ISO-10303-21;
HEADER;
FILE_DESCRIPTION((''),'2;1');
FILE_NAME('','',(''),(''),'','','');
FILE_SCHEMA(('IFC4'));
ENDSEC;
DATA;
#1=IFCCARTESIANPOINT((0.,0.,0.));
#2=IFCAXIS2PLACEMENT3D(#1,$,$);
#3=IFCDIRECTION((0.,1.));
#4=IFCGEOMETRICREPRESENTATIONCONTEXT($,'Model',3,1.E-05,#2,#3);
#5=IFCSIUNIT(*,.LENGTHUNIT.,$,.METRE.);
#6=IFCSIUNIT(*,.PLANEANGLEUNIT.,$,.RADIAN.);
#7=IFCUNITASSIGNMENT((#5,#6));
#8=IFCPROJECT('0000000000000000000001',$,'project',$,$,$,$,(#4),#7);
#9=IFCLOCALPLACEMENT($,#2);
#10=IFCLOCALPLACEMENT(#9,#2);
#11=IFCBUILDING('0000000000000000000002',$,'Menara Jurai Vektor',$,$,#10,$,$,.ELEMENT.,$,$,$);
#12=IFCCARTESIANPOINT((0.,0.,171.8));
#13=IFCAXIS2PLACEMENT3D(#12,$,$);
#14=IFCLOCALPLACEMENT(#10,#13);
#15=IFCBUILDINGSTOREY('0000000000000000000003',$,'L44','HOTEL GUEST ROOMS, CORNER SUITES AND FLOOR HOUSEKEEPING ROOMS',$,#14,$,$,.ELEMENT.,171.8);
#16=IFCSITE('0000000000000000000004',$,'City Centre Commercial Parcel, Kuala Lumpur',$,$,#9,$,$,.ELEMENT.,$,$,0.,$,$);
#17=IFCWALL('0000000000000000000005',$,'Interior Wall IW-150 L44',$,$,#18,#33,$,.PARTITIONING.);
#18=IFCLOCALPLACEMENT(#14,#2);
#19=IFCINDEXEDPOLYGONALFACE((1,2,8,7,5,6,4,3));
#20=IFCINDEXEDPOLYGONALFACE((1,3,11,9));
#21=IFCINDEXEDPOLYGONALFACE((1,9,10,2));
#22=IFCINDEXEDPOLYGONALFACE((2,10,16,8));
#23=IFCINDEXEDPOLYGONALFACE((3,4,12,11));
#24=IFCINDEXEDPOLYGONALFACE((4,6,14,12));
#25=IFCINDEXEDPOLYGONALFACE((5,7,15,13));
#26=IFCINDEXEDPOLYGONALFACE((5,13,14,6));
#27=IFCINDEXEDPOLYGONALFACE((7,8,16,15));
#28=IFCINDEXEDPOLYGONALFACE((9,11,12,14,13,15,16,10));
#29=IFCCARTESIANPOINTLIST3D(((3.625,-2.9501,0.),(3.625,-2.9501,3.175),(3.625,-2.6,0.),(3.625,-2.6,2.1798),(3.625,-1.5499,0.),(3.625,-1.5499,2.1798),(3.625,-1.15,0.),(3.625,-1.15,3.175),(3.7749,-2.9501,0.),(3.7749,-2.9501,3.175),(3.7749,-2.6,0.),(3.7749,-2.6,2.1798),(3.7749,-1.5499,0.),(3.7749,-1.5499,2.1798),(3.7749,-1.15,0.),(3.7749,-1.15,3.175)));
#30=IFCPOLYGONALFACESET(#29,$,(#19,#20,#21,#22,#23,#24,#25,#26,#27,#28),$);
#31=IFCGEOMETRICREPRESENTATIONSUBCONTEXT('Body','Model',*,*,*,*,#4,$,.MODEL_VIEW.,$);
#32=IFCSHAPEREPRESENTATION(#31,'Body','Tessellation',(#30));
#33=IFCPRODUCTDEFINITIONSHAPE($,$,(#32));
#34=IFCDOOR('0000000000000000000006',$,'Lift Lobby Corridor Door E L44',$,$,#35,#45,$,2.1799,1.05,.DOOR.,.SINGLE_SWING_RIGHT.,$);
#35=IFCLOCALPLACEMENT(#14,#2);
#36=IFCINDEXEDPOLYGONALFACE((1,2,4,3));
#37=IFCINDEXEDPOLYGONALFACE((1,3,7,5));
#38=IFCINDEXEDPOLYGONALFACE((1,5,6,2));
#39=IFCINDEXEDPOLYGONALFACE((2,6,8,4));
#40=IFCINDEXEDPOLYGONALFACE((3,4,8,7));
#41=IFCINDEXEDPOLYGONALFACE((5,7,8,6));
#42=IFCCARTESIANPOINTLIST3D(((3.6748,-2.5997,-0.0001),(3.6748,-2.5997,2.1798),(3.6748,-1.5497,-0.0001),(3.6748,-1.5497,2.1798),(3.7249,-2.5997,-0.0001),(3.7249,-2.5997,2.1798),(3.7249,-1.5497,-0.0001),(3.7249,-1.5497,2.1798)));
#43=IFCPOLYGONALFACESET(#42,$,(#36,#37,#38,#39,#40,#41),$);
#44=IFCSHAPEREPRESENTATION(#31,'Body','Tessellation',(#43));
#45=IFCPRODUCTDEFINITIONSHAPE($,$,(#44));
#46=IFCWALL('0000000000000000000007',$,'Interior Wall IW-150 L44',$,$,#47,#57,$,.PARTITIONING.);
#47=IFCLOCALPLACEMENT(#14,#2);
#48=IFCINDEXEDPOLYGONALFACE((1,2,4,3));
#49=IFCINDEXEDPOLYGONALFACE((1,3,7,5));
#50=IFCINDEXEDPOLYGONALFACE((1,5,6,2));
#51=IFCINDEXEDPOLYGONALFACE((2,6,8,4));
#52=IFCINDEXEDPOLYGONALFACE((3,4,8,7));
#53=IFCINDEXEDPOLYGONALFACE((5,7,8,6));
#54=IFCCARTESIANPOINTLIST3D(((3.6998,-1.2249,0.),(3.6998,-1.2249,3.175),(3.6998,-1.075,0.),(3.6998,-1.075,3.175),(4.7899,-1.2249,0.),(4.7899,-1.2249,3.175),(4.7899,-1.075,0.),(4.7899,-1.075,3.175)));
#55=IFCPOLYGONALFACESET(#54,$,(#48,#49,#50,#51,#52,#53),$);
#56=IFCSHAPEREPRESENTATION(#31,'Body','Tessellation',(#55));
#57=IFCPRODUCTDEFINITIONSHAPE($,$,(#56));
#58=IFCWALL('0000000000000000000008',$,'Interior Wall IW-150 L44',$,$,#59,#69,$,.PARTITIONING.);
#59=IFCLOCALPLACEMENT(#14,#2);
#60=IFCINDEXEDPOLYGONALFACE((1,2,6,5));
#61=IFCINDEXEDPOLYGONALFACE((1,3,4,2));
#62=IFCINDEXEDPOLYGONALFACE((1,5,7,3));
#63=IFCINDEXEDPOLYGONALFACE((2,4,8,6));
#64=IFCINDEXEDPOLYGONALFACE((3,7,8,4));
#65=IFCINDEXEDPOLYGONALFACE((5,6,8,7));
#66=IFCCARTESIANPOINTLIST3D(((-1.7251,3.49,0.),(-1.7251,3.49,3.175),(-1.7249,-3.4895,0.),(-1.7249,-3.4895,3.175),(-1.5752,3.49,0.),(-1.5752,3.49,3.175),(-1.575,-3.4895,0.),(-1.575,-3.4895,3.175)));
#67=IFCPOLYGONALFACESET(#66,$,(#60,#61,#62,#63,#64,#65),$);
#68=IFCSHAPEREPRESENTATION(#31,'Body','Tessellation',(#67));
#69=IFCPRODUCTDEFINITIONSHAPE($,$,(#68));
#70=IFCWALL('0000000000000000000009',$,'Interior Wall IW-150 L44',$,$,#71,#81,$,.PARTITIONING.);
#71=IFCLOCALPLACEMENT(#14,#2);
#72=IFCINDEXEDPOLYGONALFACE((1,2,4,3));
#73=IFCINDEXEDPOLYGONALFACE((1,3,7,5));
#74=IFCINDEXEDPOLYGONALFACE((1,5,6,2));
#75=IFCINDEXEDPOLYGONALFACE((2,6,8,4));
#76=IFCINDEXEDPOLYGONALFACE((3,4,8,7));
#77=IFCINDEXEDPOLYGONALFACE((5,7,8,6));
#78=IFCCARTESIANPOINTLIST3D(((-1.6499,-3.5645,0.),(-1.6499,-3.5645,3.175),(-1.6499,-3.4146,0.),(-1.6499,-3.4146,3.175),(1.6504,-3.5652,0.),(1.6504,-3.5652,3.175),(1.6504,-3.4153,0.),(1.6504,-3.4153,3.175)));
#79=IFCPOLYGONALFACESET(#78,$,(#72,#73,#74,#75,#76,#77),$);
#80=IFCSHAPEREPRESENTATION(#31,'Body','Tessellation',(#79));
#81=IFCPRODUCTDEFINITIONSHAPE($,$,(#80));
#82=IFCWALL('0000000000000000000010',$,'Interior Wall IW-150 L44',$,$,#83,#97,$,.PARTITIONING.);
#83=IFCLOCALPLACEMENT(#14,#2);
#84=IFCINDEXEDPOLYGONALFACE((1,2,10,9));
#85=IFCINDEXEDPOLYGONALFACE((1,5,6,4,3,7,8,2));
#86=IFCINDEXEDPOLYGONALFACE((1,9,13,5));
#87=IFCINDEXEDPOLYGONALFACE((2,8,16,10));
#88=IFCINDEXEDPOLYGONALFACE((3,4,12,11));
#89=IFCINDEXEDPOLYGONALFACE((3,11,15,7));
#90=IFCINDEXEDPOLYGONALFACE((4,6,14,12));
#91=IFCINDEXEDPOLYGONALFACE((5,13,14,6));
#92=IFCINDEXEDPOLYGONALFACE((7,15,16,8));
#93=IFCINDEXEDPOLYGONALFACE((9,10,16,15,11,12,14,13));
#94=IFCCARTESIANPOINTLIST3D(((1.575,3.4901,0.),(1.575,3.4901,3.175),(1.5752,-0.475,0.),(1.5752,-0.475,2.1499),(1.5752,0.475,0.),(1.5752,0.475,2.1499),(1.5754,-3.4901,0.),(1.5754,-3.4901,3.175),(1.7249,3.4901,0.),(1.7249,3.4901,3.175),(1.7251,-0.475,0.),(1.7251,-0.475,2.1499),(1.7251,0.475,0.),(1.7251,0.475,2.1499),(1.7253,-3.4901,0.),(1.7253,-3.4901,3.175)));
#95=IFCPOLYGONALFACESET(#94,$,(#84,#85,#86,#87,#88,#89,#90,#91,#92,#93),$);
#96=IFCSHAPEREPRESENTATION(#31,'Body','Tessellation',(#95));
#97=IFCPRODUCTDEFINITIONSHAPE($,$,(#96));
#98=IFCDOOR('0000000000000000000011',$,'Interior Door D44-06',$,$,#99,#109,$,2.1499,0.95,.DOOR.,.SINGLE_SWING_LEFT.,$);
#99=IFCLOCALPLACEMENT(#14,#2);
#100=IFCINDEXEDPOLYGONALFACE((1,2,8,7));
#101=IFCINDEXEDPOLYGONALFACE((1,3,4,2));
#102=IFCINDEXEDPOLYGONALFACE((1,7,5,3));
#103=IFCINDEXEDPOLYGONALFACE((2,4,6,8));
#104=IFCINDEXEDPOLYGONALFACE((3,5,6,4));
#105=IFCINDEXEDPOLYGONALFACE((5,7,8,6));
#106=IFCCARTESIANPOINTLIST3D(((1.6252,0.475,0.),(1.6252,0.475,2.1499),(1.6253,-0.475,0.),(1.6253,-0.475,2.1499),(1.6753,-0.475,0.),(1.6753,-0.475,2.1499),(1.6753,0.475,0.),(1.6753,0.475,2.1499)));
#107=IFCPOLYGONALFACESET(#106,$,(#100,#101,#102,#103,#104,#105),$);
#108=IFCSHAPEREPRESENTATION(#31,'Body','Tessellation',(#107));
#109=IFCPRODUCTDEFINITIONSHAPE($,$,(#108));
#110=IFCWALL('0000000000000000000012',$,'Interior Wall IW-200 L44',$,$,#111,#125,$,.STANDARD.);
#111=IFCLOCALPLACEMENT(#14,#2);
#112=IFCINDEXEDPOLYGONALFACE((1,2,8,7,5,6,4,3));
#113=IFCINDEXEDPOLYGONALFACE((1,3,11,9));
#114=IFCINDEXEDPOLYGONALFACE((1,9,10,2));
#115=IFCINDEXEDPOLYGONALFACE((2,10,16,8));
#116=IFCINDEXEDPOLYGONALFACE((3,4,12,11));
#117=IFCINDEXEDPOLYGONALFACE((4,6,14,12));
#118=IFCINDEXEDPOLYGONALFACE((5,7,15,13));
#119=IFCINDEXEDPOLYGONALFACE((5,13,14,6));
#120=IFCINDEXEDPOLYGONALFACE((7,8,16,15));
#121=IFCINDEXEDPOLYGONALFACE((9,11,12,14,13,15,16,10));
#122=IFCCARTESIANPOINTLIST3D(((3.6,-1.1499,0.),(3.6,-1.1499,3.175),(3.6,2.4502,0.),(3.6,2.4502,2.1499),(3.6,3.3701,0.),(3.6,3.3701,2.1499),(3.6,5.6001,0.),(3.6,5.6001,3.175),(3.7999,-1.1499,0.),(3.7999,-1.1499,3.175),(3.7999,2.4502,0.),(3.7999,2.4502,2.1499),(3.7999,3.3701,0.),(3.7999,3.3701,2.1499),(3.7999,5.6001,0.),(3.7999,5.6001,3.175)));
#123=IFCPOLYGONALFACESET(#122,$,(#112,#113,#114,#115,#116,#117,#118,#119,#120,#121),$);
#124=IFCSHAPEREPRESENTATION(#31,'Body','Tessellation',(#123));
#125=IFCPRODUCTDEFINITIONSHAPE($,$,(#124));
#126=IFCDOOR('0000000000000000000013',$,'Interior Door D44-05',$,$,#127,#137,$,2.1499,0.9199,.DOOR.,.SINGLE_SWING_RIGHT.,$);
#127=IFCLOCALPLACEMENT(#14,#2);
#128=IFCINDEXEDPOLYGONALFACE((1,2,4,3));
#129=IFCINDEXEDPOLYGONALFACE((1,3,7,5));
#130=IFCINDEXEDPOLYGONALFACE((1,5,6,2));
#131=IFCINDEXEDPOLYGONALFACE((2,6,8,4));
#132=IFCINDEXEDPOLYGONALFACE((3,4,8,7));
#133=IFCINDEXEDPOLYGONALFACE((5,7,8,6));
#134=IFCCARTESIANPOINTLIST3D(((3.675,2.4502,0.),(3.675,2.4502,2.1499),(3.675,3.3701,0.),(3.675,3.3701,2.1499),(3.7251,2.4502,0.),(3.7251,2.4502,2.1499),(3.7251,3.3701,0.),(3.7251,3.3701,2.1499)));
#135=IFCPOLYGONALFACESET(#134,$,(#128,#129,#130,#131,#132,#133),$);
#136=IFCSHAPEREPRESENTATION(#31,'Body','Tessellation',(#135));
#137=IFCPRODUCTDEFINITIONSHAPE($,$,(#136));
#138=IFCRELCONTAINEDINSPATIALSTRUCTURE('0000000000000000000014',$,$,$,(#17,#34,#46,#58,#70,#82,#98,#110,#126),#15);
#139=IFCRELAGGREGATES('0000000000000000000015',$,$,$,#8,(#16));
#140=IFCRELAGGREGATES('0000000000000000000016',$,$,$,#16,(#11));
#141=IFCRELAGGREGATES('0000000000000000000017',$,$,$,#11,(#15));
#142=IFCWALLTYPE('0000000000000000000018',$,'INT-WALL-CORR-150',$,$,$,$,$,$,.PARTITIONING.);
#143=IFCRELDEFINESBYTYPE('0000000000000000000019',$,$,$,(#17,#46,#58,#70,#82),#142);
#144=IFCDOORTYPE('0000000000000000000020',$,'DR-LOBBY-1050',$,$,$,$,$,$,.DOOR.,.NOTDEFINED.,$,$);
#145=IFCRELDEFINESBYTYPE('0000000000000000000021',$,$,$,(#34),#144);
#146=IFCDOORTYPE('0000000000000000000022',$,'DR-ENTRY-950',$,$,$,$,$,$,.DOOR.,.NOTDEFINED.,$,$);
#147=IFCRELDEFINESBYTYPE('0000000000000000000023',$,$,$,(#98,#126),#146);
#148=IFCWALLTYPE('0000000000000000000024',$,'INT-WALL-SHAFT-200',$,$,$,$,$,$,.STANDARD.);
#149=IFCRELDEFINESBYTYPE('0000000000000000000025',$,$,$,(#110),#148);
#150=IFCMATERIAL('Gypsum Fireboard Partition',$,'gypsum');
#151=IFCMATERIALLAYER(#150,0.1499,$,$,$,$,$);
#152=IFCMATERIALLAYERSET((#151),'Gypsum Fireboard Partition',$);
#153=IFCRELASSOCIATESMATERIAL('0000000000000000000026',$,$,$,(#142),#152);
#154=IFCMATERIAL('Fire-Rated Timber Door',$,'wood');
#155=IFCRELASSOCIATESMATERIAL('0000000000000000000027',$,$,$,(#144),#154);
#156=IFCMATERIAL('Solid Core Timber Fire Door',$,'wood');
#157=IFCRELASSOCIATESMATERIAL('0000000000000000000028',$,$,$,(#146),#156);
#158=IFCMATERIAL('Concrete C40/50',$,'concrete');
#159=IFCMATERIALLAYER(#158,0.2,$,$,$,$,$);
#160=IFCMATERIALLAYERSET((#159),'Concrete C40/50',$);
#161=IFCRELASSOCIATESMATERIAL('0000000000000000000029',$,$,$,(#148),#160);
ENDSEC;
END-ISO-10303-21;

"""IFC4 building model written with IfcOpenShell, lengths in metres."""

from ifc_helpers import new_model, si_unit, direction, frame, frame_2d, origin, place, context, subcontext, project, spatial, rectangle, extrude, material, layer, layer_set, type_object, element, fill, save


model = new_model("IFC4")

# Units and contexts
model_context = context("Model", 3, precision=1e-05, world=origin(), true_north=direction((0.0, 1.0)))
body_context = subcontext(model_context, "Body", "Model", "MODEL_VIEW")
ifc_project = project(units=[si_unit("LENGTHUNIT", "METRE"), si_unit("PLANEANGLEUNIT", "RADIAN")], contexts=[model_context])

# Site, building, storey
site_placement = place(None, origin())
site = spatial("IfcSite", under=ifc_project, at=site_placement, Name="City Centre Commercial Parcel, Kuala Lumpur", CompositionType="ELEMENT", RefElevation=0.0)
building_placement = place(site_placement, origin())
building = spatial("IfcBuilding", under=site, at=building_placement, Name="Menara Jurai Vektor", CompositionType="ELEMENT")
storey_placement = place(building_placement, frame((0.0, 0.0, 171.8)))
storey = spatial("IfcBuildingStorey", under=building, at=storey_placement, Name="L44", Description="HOTEL GUEST ROOMS, CORNER SUITES AND FLOOR HOUSEKEEPING ROOMS", CompositionType="ELEMENT", Elevation=171.8)

# Shared definitions
ifc_material_1 = material(Name="Concrete C40/50", Category="concrete")

# Wall, opening, door
ifc_material_2 = material(Name="Gypsum Fireboard Partition", Category="gypsum")
ifc_layer_1 = layer(ifc_material_2, 0.1499)
ifc_layer_set_1 = layer_set([ifc_layer_1], Name="Gypsum Fireboard Partition")
wall_type_1 = type_object("IfcWallType", Name="INT-WALL-CORR-150", PredefinedType="PARTITIONING", material=ifc_layer_set_1)
wall_1_placement = place(storey_placement, frame((3.7, -2.95, 0.0), z_axis=(0.0, 0.0, 1.0), x_axis=(0.0, 1.0, 0.0)))
wall_1 = element("IfcWall", 1, at=wall_1_placement, inside=storey, type_object=wall_type_1, Name="Interior Wall IW-150 L44", PredefinedType="PARTITIONING", context=body_context, shape_type="SweptSolid", body=[
    extrude(rectangle(XDim=1.8, YDim=0.1499, at=frame_2d((0.8999, 0.0))), origin(), (0.0, 0.0, 1.0), 3.175),
])
opening_1_placement = place(wall_1_placement, frame((0.3501, 0.0, 0.0)))
opening_1 = element("IfcOpeningElement", 2, at=opening_1_placement, cuts=wall_1, PredefinedType="OPENING", context=body_context, shape_type="SweptSolid", body=[
    extrude(rectangle(XDim=1.05, YDim=2.1799, at=frame_2d((0.5249, 1.0898))), frame((0.0, 0.085, 0.0), z_axis=(0.0, -1.0, 0.0), x_axis=(1.0, 0.0, 0.0)), (0.0, 0.0, 1.0), 0.1699),
])
ifc_material_3 = material(Name="Fire-Rated Timber Door", Category="wood")
door_type_1 = type_object("IfcDoorType", Name="DR-LOBBY-1050", OperationType="NOTDEFINED", PredefinedType="DOOR", material=ifc_material_3)
door_1_placement = place(opening_1_placement, frame((1.05, 0.0, 0.0), z_axis=(0.0, 0.0, 1.0), x_axis=(-1.0, 0.0, 0.0)))
door_1 = element("IfcDoor", 3, at=door_1_placement, inside=storey, type_object=door_type_1, Name="Lift Lobby Corridor Door E L44", OperationType="SINGLE_SWING_RIGHT", OverallHeight=2.1799, OverallWidth=1.05, PredefinedType="DOOR", context=body_context, shape_type="SweptSolid", body=[
    extrude(rectangle(XDim=1.05, YDim=2.1799, at=frame_2d((0.5249, 1.0898))), frame((0.0, 0.0249, 0.0), z_axis=(0.0, -1.0, 0.0), x_axis=(1.0, 0.0, 0.0)), (0.0, 0.0, 1.0), 0.05),
])
fill(opening_1, door_1)

# Walls
wall_2_placement = place(storey_placement, frame((3.7, -1.1499, 0.0), z_axis=(0.0, 0.0, 1.0), x_axis=(1.0, 0.0, 0.0)))
element("IfcWall", 4, at=wall_2_placement, inside=storey, type_object=wall_type_1, Name="Interior Wall IW-150 L44", PredefinedType="PARTITIONING", context=body_context, shape_type="SweptSolid", body=[
    extrude(rectangle(XDim=1.0901, YDim=0.1499, at=frame_2d((0.5449, 0.0))), origin(), (0.0, 0.0, 1.0), 3.175),
])
wall_3_placement = place(storey_placement, frame((-1.6499, -3.4895, 0.0), z_axis=(0.0, 0.0, 1.0), x_axis=(-0.000035, 1.0, 0.0)))
element("IfcWall", 5, at=wall_3_placement, inside=storey, type_object=wall_type_1, Name="Interior Wall IW-150 L44", PredefinedType="PARTITIONING", context=body_context, shape_type="SweptSolid", body=[
    extrude(rectangle(XDim=6.9795, YDim=0.1499, at=frame_2d((3.4897, 0.0))), origin(), (0.0, 0.0, 1.0), 3.175),
])
wall_4_placement = place(storey_placement, frame((-1.6499, -3.4895, 0.0), z_axis=(0.0, 0.0, 1.0), x_axis=(1.0, -0.000222, 0.0)))
element("IfcWall", 6, at=wall_4_placement, inside=storey, type_object=wall_type_1, Name="Interior Wall IW-150 L44", PredefinedType="PARTITIONING", context=body_context, shape_type="SweptSolid", body=[
    extrude(rectangle(XDim=3.3003, YDim=0.1499, at=frame_2d((1.6501, 0.0))), origin(), (0.0, 0.0, 1.0), 3.175),
])

# Walls, openings, doors
wall_5_placement = place(storey_placement, frame((1.6504, -3.4902, 0.0), z_axis=(0.0, 0.0, 1.0), x_axis=(-0.00007, 1.0, 0.0)))
wall_5 = element("IfcWall", 7, at=wall_5_placement, inside=storey, type_object=wall_type_1, Name="Interior Wall IW-150 L44", PredefinedType="PARTITIONING", context=body_context, shape_type="SweptSolid", body=[
    extrude(rectangle(XDim=6.9802, YDim=0.1499, at=frame_2d((3.4902, 0.0))), origin(), (0.0, 0.0, 1.0), 3.175),
])
opening_2_placement = place(wall_5_placement, frame((3.0151, 0.0, 0.0)))
opening_2 = element("IfcOpeningElement", 8, at=opening_2_placement, cuts=wall_5, PredefinedType="OPENING", context=body_context, shape_type="SweptSolid", body=[
    extrude(rectangle(XDim=0.95, YDim=2.1499, at=frame_2d((0.4751, 1.075))), frame((0.0, 0.085, 0.0), z_axis=(0.0, -1.0, 0.0), x_axis=(1.0, 0.0, 0.0)), (0.0, 0.0, 1.0), 0.1699),
])
ifc_material_4 = material(Name="Solid Core Timber Fire Door", Category="wood")
door_type_2 = type_object("IfcDoorType", Name="DR-ENTRY-950", OperationType="NOTDEFINED", PredefinedType="DOOR", material=ifc_material_4)
door_2_placement = place(opening_2_placement, origin())
door_2 = element("IfcDoor", 9, at=door_2_placement, inside=storey, type_object=door_type_2, Name="Interior Door D44-06", OperationType="SINGLE_SWING_LEFT", OverallHeight=2.1499, OverallWidth=0.95, PredefinedType="DOOR", context=body_context, shape_type="SweptSolid", body=[
    extrude(rectangle(XDim=0.95, YDim=2.1499, at=frame_2d((0.4751, 1.075))), frame((0.0, 0.0249, 0.0), z_axis=(0.0, -1.0, 0.0), x_axis=(1.0, 0.0, 0.0)), (0.0, 0.0, 1.0), 0.05),
])
fill(opening_2, door_2)
ifc_layer_2 = layer(ifc_material_1, 0.2)
ifc_layer_set_2 = layer_set([ifc_layer_2], Name="Concrete C40/50")
wall_type_2 = type_object("IfcWallType", Name="INT-WALL-SHAFT-200", PredefinedType="STANDARD", material=ifc_layer_set_2)
wall_6_placement = place(storey_placement, frame((3.7, -1.1499, 0.0), z_axis=(0.0, 0.0, 1.0), x_axis=(0.0, 1.0, 0.0)))
wall_6 = element("IfcWall", 10, at=wall_6_placement, inside=storey, type_object=wall_type_2, Name="Interior Wall IW-200 L44", PredefinedType="STANDARD", context=body_context, shape_type="SweptSolid", body=[
    extrude(rectangle(XDim=6.75, YDim=0.2, at=frame_2d((3.375, 0.0))), origin(), (0.0, 0.0, 1.0), 3.175),
])
opening_3_placement = place(wall_6_placement, frame((3.6001, 0.0, 0.0)))
opening_3 = element("IfcOpeningElement", 11, at=opening_3_placement, cuts=wall_6, PredefinedType="OPENING", context=body_context, shape_type="SweptSolid", body=[
    extrude(rectangle(XDim=0.9199, YDim=2.1499, at=frame_2d((0.46, 1.075))), frame((0.0, 0.1099, 0.0), z_axis=(0.0, -1.0, 0.0), x_axis=(1.0, 0.0, 0.0)), (0.0, 0.0, 1.0), 0.22),
])
door_3_placement = place(opening_3_placement, origin())
door_3 = element("IfcDoor", 12, at=door_3_placement, inside=storey, type_object=door_type_2, Name="Interior Door D44-05", OperationType="SINGLE_SWING_RIGHT", OverallHeight=2.1499, OverallWidth=0.9199, PredefinedType="DOOR", context=body_context, shape_type="SweptSolid", body=[
    extrude(rectangle(XDim=0.9199, YDim=2.1499, at=frame_2d((0.46, 1.075))), frame((0.0, 0.0249, 0.0), z_axis=(0.0, -1.0, 0.0), x_axis=(1.0, 0.0, 0.0)), (0.0, 0.0, 1.0), 0.05),
])
fill(opening_3, door_3)

save(model, "model.ifc")
